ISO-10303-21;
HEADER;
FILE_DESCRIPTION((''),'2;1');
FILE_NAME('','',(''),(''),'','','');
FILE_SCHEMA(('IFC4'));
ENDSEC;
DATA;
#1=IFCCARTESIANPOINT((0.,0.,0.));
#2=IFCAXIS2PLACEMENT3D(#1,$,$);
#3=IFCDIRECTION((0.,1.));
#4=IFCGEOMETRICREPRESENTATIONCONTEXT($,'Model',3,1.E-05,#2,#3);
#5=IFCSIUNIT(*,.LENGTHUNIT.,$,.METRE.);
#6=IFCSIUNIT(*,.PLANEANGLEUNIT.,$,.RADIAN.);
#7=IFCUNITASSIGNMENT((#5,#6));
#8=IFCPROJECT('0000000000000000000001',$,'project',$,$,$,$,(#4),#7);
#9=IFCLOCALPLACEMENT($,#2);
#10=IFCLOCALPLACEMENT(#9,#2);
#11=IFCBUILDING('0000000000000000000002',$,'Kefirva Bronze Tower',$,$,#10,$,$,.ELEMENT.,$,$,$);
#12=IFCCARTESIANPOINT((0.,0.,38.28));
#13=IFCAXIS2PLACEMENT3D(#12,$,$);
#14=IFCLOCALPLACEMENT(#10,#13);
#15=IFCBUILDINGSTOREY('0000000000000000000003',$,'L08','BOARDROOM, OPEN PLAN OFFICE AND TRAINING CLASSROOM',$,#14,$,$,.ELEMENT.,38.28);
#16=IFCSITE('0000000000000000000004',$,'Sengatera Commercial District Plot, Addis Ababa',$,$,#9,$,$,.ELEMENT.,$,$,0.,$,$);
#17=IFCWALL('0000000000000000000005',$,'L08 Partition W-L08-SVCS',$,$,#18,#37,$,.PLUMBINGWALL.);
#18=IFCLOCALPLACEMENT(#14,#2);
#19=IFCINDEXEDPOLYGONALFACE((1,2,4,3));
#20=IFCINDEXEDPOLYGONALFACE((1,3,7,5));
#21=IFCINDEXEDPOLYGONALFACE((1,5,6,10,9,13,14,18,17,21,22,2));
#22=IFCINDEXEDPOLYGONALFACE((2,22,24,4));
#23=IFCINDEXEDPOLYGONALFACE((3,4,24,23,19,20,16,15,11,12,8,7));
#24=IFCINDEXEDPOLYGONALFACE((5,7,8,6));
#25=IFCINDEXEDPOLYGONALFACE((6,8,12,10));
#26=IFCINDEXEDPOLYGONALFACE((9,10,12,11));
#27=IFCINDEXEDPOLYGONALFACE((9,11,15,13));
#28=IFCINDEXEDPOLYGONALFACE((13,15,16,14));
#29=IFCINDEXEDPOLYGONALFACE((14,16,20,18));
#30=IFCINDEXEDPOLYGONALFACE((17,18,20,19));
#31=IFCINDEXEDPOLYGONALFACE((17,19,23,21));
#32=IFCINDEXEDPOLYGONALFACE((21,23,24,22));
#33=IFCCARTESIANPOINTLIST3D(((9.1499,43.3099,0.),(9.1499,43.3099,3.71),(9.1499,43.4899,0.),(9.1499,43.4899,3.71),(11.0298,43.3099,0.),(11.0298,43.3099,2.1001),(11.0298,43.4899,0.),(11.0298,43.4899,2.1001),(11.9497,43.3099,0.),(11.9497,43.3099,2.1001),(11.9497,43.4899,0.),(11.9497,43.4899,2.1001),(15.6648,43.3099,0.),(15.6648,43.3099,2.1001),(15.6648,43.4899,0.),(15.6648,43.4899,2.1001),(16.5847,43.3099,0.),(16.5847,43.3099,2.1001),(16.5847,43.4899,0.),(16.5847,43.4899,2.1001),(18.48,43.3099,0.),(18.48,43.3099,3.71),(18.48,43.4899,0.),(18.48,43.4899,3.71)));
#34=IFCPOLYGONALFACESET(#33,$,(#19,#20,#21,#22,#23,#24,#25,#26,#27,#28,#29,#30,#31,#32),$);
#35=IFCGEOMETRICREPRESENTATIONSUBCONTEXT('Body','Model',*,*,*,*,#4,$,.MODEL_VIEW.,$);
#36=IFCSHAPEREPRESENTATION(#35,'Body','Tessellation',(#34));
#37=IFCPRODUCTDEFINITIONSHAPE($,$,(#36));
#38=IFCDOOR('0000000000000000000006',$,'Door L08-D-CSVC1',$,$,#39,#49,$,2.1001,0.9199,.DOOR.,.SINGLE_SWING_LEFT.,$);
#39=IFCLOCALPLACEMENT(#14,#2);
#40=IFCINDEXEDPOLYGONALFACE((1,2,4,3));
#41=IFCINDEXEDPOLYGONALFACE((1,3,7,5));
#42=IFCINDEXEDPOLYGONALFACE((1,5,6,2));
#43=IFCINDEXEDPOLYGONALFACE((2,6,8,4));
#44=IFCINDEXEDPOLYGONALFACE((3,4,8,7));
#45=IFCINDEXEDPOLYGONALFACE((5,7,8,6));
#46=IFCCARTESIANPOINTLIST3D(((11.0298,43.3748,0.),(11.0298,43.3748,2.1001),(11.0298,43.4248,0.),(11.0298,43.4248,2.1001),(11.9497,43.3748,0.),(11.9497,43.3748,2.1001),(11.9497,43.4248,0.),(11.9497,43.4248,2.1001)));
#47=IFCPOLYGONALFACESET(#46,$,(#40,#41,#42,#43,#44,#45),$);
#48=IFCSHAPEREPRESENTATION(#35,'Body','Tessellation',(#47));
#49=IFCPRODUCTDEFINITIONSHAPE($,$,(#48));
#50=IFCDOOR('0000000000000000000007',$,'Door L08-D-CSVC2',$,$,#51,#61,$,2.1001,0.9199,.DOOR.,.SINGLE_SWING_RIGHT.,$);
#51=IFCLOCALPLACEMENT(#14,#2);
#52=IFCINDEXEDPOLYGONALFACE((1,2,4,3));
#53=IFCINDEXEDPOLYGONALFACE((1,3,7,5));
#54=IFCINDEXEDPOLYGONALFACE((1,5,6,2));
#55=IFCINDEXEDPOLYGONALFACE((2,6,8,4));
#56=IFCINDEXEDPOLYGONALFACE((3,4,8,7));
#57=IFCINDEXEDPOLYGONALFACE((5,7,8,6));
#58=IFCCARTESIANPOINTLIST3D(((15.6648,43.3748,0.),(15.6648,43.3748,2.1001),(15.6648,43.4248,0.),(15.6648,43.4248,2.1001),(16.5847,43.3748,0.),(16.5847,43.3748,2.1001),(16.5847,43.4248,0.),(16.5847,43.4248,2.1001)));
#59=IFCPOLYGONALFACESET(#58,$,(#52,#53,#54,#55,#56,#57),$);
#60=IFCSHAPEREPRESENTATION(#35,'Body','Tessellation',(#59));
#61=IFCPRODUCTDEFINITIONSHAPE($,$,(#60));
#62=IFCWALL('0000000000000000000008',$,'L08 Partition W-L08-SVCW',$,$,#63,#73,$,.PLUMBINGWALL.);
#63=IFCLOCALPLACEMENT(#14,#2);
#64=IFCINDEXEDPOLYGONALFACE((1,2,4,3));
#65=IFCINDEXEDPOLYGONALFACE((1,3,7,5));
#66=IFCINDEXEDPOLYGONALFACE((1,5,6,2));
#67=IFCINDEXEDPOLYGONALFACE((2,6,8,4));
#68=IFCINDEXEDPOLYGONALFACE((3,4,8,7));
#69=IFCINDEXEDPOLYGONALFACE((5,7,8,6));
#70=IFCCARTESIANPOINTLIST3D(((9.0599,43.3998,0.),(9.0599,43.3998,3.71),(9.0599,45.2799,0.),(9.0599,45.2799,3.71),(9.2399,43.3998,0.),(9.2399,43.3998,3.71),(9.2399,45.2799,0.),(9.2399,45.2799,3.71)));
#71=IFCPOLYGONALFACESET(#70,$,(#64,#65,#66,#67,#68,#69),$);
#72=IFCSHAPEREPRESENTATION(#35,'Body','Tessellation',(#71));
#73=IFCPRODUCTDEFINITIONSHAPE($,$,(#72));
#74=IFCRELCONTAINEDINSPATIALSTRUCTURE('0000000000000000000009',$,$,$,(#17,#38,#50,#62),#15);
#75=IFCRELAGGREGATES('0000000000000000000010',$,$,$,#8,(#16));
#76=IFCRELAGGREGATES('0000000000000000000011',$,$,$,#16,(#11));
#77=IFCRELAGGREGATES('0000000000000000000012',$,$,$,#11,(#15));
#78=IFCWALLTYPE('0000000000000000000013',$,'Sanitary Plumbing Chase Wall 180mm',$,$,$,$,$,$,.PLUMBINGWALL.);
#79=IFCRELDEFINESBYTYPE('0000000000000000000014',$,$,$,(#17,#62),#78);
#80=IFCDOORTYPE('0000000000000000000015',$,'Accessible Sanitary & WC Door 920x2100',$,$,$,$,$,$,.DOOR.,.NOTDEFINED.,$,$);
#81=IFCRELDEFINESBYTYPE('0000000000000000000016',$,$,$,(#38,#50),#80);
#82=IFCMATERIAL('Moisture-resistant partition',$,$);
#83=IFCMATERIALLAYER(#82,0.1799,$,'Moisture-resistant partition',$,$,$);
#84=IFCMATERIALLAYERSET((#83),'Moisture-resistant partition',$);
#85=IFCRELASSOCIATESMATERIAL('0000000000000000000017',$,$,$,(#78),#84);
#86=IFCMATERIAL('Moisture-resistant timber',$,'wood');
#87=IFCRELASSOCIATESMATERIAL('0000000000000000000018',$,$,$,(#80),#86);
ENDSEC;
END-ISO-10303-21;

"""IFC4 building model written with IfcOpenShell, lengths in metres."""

from ifc_helpers import new_model, si_unit, direction, frame, frame_2d, origin, place, context, subcontext, project, spatial, rectangle, extrude, material, layer, layer_set, type_object, element, fill, save


model = new_model("IFC4")

# Units and contexts
model_context = context("Model", 3, precision=1e-05, world=origin(), true_north=direction((0.0, 1.0)))
body_context = subcontext(model_context, "Body", "Model", "MODEL_VIEW")
ifc_project = project(units=[si_unit("LENGTHUNIT", "METRE"), si_unit("PLANEANGLEUNIT", "RADIAN")], contexts=[model_context])

# Site, building, storey
site_placement = place(None, origin())
site = spatial("IfcSite", under=ifc_project, at=site_placement, Name="Sengatera Commercial District Plot, Addis Ababa", CompositionType="ELEMENT", RefElevation=0.0)
building_placement = place(site_placement, origin())
building = spatial("IfcBuilding", under=site, at=building_placement, Name="Kefirva Bronze Tower", CompositionType="ELEMENT")
storey_placement = place(building_placement, frame((0.0, 0.0, 38.28)))
storey = spatial("IfcBuildingStorey", under=building, at=storey_placement, Name="L08", Description="BOARDROOM, OPEN PLAN OFFICE AND TRAINING CLASSROOM", CompositionType="ELEMENT", Elevation=38.28)

# Wall, openings, doors
ifc_material_1 = material(Name="Moisture-resistant partition")
ifc_layer_1 = layer(ifc_material_1, 0.1799, Name="Moisture-resistant partition")
ifc_layer_set_1 = layer_set([ifc_layer_1], Name="Moisture-resistant partition")
wall_type_1 = type_object("IfcWallType", Name="Sanitary Plumbing Chase Wall 180mm", PredefinedType="PLUMBINGWALL", material=ifc_layer_set_1)
wall_1_placement = place(storey_placement, frame((9.1499, 43.3999, 0.0), z_axis=(0.0, 0.0, 1.0), x_axis=(1.0, 0.0, 0.0)))
wall_1 = element("IfcWall", 1, at=wall_1_placement, inside=storey, type_object=wall_type_1, Name="L08 Partition W-L08-SVCS", PredefinedType="PLUMBINGWALL", context=body_context, shape_type="SweptSolid", body=[
    extrude(rectangle(XDim=9.3301, YDim=0.1799, at=frame_2d((4.665, 0.0))), origin(), (0.0, 0.0, 1.0), 3.71),
])
opening_1_placement = place(wall_1_placement, frame((1.8799, 0.0, 0.0)))
opening_1 = element("IfcOpeningElement", 2, at=opening_1_placement, cuts=wall_1, PredefinedType="OPENING", context=body_context, shape_type="SweptSolid", body=[
    extrude(rectangle(XDim=0.9199, YDim=2.1001, at=frame_2d((0.46, 1.05))), frame((0.0, 0.1001, 0.0), z_axis=(0.0, -1.0, 0.0), x_axis=(1.0, 0.0, 0.0)), (0.0, 0.0, 1.0), 0.2),
])
opening_2_placement = place(wall_1_placement, frame((6.5149, 0.0, 0.0)))
opening_2 = element("IfcOpeningElement", 3, at=opening_2_placement, cuts=wall_1, PredefinedType="OPENING", context=body_context, shape_type="SweptSolid", body=[
    extrude(rectangle(XDim=0.9199, YDim=2.1001, at=frame_2d((0.46, 1.05))), frame((0.0, 0.1001, 0.0), z_axis=(0.0, -1.0, 0.0), x_axis=(1.0, 0.0, 0.0)), (0.0, 0.0, 1.0), 0.2),
])
ifc_material_2 = material(Name="Moisture-resistant timber", Category="wood")
door_type_1 = type_object("IfcDoorType", Name="Accessible Sanitary & WC Door 920x2100", OperationType="NOTDEFINED", PredefinedType="DOOR", material=ifc_material_2)
door_1_placement = place(opening_1_placement, origin())
door_1 = element("IfcDoor", 4, at=door_1_placement, inside=storey, type_object=door_type_1, Name="Door L08-D-CSVC1", OperationType="SINGLE_SWING_LEFT", OverallHeight=2.1001, OverallWidth=0.9199, PredefinedType="DOOR", context=body_context, shape_type="SweptSolid", body=[
    extrude(rectangle(XDim=0.9199, YDim=2.1001, at=frame_2d((0.46, 1.05))), frame((0.0, 0.0249, 0.0), z_axis=(0.0, -1.0, 0.0), x_axis=(1.0, 0.0, 0.0)), (0.0, 0.0, 1.0), 0.05),
])
fill(opening_1, door_1)
door_2_placement = place(opening_2_placement, origin())
door_2 = element("IfcDoor", 5, at=door_2_placement, inside=storey, type_object=door_type_1, Name="Door L08-D-CSVC2", OperationType="SINGLE_SWING_RIGHT", OverallHeight=2.1001, OverallWidth=0.9199, PredefinedType="DOOR", context=body_context, shape_type="SweptSolid", body=[
    extrude(rectangle(XDim=0.9199, YDim=2.1001, at=frame_2d((0.46, 1.05))), frame((0.0, 0.0249, 0.0), z_axis=(0.0, -1.0, 0.0), x_axis=(1.0, 0.0, 0.0)), (0.0, 0.0, 1.0), 0.05),
])
fill(opening_2, door_2)

# Wall
wall_2_placement = place(storey_placement, frame((9.1499, 43.3999, 0.0), z_axis=(0.0, 0.0, 1.0), x_axis=(0.0, 1.0, 0.0)))
element("IfcWall", 6, at=wall_2_placement, inside=storey, type_object=wall_type_1, Name="L08 Partition W-L08-SVCW", PredefinedType="PLUMBINGWALL", context=body_context, shape_type="SweptSolid", body=[
    extrude(rectangle(XDim=1.8801, YDim=0.1799, at=frame_2d((0.9399, 0.0))), origin(), (0.0, 0.0, 1.0), 3.71),
])

save(model, "model.ifc")
